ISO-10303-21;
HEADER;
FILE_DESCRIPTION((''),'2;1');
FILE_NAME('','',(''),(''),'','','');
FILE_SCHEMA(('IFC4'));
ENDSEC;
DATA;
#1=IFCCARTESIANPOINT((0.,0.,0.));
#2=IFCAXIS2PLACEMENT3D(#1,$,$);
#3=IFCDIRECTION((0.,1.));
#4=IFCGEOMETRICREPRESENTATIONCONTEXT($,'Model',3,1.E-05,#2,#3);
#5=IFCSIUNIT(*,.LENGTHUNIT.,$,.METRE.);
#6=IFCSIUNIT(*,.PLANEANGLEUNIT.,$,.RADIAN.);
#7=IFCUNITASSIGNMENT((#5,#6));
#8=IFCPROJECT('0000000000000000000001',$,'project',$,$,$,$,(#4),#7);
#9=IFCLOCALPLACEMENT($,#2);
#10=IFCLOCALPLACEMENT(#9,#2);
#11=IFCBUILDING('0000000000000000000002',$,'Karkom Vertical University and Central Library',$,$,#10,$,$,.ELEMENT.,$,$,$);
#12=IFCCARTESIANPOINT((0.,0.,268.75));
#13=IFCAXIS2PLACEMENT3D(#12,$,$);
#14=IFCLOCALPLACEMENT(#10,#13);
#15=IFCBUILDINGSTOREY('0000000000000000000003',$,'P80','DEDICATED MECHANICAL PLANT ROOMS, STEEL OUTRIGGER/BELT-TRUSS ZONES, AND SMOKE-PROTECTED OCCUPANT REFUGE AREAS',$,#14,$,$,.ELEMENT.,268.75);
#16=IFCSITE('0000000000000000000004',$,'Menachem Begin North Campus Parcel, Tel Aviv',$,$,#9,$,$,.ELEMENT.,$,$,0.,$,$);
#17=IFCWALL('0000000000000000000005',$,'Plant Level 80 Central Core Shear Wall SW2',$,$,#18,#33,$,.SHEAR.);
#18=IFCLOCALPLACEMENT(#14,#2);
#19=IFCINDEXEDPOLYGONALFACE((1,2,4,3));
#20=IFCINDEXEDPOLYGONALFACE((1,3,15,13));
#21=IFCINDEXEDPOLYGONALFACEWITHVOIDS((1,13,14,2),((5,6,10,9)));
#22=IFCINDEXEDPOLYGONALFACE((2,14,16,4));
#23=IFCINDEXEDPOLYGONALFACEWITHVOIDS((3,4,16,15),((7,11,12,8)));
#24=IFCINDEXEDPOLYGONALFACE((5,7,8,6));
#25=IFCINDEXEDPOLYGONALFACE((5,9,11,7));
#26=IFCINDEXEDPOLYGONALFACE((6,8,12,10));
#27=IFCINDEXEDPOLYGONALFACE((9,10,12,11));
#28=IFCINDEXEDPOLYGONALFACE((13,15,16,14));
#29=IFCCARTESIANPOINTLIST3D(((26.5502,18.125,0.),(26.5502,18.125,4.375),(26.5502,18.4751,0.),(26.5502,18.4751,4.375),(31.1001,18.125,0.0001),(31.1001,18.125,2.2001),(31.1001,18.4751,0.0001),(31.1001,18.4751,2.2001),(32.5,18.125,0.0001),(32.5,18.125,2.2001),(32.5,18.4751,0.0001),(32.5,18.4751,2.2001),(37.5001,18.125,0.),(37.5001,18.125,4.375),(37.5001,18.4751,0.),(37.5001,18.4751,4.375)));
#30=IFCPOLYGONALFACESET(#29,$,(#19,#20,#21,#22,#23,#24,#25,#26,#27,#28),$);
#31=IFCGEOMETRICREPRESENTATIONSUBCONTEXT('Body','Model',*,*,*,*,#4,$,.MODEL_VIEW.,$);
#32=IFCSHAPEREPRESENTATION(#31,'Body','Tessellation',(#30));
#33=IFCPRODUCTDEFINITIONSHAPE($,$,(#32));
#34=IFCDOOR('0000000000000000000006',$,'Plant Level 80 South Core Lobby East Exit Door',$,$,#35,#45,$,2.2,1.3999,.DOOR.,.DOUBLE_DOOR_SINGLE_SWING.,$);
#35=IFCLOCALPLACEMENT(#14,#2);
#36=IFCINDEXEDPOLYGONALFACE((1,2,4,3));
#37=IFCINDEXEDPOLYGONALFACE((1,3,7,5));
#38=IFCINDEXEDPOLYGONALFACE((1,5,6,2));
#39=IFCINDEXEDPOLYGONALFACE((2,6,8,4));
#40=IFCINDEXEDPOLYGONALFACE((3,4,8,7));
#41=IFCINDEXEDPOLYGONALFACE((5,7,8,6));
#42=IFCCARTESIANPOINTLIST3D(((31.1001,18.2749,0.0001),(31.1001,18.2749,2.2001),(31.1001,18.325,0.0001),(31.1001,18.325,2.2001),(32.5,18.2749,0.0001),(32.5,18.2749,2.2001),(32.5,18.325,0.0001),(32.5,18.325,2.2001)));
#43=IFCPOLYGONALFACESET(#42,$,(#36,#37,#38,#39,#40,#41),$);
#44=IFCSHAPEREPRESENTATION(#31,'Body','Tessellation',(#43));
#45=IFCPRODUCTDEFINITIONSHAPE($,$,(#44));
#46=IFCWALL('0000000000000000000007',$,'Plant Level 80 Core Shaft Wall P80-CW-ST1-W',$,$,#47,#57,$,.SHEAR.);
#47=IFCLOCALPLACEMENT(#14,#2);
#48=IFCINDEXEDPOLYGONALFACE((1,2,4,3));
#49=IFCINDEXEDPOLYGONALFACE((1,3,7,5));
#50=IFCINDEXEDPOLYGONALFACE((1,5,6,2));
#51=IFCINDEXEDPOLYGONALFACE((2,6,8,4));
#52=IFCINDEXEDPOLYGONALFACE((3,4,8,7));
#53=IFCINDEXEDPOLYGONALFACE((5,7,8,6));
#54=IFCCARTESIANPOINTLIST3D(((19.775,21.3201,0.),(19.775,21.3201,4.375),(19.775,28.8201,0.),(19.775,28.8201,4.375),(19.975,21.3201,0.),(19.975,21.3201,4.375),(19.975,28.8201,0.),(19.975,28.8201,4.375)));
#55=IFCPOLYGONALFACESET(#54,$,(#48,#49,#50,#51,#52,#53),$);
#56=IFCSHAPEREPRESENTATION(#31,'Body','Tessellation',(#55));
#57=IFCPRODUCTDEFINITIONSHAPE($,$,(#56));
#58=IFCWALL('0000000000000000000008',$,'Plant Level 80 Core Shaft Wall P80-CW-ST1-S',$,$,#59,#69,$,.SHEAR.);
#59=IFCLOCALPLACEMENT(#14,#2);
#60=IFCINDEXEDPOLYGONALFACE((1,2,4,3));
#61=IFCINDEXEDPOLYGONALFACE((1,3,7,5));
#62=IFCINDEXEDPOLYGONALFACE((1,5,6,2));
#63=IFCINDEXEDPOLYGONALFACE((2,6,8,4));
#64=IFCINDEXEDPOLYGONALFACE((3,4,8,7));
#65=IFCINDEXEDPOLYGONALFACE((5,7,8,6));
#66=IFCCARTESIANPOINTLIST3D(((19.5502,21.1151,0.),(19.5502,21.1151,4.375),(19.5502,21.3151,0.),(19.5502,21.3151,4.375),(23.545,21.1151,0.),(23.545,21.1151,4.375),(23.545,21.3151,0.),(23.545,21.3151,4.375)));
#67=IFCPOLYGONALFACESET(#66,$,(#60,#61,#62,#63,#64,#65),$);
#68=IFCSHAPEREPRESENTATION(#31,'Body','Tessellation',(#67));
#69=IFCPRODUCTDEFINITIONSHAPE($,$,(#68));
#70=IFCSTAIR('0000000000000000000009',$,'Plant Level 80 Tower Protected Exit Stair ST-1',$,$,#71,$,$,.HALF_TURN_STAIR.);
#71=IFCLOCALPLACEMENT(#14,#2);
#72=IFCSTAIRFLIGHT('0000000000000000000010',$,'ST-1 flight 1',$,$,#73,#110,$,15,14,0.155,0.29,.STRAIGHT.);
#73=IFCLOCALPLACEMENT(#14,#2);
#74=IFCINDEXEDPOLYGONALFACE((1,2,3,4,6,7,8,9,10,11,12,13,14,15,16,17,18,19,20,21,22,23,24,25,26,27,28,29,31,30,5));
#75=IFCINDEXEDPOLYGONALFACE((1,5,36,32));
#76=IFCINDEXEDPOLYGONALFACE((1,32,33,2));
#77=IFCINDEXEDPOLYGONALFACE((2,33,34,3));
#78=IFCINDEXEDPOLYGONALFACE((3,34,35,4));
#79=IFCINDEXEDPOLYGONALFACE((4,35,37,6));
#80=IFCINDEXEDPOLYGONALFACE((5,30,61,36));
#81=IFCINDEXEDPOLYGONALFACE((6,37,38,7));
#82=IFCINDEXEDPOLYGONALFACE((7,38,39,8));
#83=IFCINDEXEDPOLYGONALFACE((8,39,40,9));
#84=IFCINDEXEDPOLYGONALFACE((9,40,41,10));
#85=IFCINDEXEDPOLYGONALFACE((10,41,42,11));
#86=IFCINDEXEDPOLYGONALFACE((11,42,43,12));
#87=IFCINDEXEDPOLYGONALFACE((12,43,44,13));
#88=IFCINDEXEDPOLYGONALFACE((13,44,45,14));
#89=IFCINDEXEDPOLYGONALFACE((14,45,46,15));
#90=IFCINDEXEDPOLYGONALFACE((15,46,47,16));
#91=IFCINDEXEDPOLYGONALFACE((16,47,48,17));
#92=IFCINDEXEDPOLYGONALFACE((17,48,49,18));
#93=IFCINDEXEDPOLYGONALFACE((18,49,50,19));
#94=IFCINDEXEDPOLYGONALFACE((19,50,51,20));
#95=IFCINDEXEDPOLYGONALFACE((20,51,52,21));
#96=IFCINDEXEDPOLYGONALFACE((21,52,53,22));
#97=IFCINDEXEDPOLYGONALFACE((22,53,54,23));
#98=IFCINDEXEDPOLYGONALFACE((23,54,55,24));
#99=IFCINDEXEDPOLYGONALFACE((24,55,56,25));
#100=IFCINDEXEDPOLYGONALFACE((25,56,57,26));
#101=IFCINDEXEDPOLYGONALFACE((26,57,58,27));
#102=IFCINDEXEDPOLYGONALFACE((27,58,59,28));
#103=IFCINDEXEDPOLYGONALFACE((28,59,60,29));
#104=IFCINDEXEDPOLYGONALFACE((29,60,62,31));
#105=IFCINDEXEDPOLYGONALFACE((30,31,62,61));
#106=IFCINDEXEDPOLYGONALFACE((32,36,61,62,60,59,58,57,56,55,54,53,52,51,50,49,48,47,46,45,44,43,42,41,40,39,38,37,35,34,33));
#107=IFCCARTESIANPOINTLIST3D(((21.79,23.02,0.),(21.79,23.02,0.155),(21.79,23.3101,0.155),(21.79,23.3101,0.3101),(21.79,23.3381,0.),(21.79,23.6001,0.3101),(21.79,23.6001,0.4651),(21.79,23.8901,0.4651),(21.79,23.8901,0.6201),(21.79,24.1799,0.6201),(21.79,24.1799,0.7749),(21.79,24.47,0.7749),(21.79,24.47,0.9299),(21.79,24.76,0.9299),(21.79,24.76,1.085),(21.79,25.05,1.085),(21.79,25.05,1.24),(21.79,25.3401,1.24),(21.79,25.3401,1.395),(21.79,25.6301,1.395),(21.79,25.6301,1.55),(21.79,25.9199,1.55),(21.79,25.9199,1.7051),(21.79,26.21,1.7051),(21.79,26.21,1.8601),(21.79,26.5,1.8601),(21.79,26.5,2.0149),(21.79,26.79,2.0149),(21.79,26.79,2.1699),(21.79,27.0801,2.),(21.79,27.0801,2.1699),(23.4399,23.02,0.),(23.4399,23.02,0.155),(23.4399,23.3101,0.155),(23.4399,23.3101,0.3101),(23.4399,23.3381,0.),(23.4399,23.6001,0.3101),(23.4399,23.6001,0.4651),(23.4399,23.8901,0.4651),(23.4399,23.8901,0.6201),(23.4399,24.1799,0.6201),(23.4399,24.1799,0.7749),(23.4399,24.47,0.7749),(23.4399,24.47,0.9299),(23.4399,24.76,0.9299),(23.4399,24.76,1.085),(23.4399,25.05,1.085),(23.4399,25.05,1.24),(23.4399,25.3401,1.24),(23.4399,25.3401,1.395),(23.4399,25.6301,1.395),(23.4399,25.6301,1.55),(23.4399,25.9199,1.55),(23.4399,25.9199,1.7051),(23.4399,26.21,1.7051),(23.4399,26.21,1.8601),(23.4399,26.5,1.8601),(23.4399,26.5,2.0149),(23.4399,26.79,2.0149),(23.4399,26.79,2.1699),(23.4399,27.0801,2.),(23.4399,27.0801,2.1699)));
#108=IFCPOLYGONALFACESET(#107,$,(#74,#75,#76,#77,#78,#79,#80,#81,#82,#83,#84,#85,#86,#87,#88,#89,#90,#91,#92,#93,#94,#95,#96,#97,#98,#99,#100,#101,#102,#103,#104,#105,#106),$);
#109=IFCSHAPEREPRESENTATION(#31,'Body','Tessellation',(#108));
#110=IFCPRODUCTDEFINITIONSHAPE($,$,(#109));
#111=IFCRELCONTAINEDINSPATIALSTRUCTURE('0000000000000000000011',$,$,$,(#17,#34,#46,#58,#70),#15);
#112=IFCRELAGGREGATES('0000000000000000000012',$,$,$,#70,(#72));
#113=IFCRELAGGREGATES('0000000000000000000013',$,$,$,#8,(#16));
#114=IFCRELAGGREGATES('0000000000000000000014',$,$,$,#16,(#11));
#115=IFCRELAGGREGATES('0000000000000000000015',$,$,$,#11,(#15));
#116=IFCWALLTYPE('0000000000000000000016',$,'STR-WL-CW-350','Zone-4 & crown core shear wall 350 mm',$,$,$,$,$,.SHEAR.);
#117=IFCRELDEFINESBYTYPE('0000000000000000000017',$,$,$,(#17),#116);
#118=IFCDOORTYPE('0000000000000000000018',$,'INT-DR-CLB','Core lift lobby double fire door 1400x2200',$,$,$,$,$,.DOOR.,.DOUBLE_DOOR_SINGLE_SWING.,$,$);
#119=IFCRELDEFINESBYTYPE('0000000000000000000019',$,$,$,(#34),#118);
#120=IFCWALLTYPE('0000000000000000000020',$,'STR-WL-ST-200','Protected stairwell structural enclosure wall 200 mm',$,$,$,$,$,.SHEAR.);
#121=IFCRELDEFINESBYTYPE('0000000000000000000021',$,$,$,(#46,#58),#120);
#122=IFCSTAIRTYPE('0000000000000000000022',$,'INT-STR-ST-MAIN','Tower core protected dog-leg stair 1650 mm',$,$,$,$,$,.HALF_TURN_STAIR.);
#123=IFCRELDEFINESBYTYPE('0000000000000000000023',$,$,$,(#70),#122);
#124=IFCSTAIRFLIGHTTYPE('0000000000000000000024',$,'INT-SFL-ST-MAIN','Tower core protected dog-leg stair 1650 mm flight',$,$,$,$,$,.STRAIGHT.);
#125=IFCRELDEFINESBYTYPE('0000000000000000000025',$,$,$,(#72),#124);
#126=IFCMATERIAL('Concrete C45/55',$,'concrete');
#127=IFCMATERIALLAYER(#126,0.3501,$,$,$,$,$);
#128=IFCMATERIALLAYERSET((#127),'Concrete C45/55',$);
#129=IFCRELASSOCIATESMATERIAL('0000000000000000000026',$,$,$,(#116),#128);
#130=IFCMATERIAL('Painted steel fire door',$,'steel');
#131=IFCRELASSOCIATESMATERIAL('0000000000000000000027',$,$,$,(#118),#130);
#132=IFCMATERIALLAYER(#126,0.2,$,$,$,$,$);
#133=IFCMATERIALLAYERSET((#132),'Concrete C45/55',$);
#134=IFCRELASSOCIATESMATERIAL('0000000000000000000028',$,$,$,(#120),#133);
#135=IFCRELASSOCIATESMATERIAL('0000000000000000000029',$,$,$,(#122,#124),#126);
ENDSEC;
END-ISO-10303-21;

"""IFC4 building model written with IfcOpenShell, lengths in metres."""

from ifc_helpers import new_model, si_unit, direction, frame, frame_2d, origin, origin_with_axes, place, context, subcontext, project, spatial, polyline, rectangle, outline, extrude, source, transform, mapped, material, layer, layer_set, type_object, element, fill, aggregate, save


model = new_model("IFC4")

# Units and contexts
model_context = context("Model", 3, precision=1e-05, world=origin(), true_north=direction((0.0, 1.0)))
body_context = subcontext(model_context, "Body", "Model", "MODEL_VIEW")
ifc_project = project(units=[si_unit("LENGTHUNIT", "METRE"), si_unit("PLANEANGLEUNIT", "RADIAN")], contexts=[model_context])

# Site, building, storey
site_placement = place(None, origin())
site = spatial("IfcSite", under=ifc_project, at=site_placement, Name="Menachem Begin North Campus Parcel, Tel Aviv", CompositionType="ELEMENT", RefElevation=0.0)
building_placement = place(site_placement, origin())
building = spatial("IfcBuilding", under=site, at=building_placement, Name="Karkom Vertical University and Central Library", CompositionType="ELEMENT")
storey_placement = place(building_placement, frame((0.0, 0.0, 268.75)))
storey = spatial("IfcBuildingStorey", under=building, at=storey_placement, Name="P80", Description="DEDICATED MECHANICAL PLANT ROOMS, STEEL OUTRIGGER/BELT-TRUSS ZONES, AND SMOKE-PROTECTED OCCUPANT REFUGE AREAS", CompositionType="ELEMENT", Elevation=268.75)

# Shared definitions
ifc_material_1 = material(Name="Concrete C45/55", Category="concrete")

# Wall, opening, door
ifc_layer_1 = layer(ifc_material_1, 0.3501)
ifc_layer_set_1 = layer_set([ifc_layer_1], Name="Concrete C45/55")
wall_type_1 = type_object("IfcWallType", Name="STR-WL-CW-350", Description="Zone-4 & crown core shear wall 350 mm", PredefinedType="SHEAR", material=ifc_layer_set_1)
wall_1_placement = place(storey_placement, frame((26.55, 18.3, 0.0), z_axis=(0.0, 0.0, 1.0), x_axis=(1.0, 0.0, 0.0)))
wall_1 = element("IfcWall", 1, at=wall_1_placement, inside=storey, type_object=wall_type_1, Name="Plant Level 80 Central Core Shear Wall SW2", PredefinedType="SHEAR", context=body_context, shape_type="SweptSolid", body=[
    extrude(rectangle(XDim=10.95, YDim=0.3501, at=frame_2d((5.4751, 0.0))), origin(), (0.0, 0.0, 1.0), 4.375),
])
opening_1_placement = place(wall_1_placement, frame((4.55, 0.0, 0.0)))
opening_1 = element("IfcOpeningElement", 2, at=opening_1_placement, cuts=wall_1, PredefinedType="OPENING", context=body_context, shape_type="SweptSolid", body=[
    extrude(rectangle(XDim=1.3999, YDim=2.2, at=frame_2d((0.7, 1.1001))), frame((0.0, 0.1851, 0.0), z_axis=(0.0, -1.0, 0.0), x_axis=(1.0, 0.0, 0.0)), (0.0, 0.0, 1.0), 0.3701),
])
ifc_material_2 = material(Name="Painted steel fire door", Category="steel")
door_type_1 = type_object("IfcDoorType", Name="INT-DR-CLB", Description="Core lift lobby double fire door 1400x2200", OperationType="DOUBLE_DOOR_SINGLE_SWING", PredefinedType="DOOR", material=ifc_material_2)
shared_shape_1 = source(origin_with_axes(), body_context, "Body", "SweptSolid", [
    extrude(rectangle(XDim=1.3999, YDim=2.2, at=frame_2d((0.7, 1.1001))), frame((0.0, 0.0249, 0.0), z_axis=(0.0, -1.0, 0.0), x_axis=(1.0, 0.0, 0.0)), (0.0, 0.0, 1.0), 0.05),
])
door_1_placement = place(opening_1_placement, origin())
door_1 = element("IfcDoor", 3, at=door_1_placement, inside=storey, type_object=door_type_1, Name="Plant Level 80 South Core Lobby East Exit Door", OperationType="DOUBLE_DOOR_SINGLE_SWING", OverallHeight=2.2, OverallWidth=1.3999, PredefinedType="DOOR", context=body_context, shape_type="MappedRepresentation", body=[
    mapped(shared_shape_1, transform((0.0, 0.0, 0.0), scale=1.0)),
])
fill(opening_1, door_1)

# Shared definitions
ifc_layer_2 = layer(ifc_material_1, 0.2)
ifc_layer_set_2 = layer_set([ifc_layer_2], Name="Concrete C45/55")
wall_type_2 = type_object("IfcWallType", Name="STR-WL-ST-200", Description="Protected stairwell structural enclosure wall 200 mm", PredefinedType="SHEAR", material=ifc_layer_set_2)

# Walls
wall_2_placement = place(storey_placement, frame((19.875, 21.3201, 0.0), z_axis=(0.0, 0.0, 1.0), x_axis=(0.0, 1.0, 0.0)))
element("IfcWall", 4, at=wall_2_placement, inside=storey, type_object=wall_type_2, Name="Plant Level 80 Core Shaft Wall P80-CW-ST1-W", PredefinedType="SHEAR", context=body_context, shape_type="SweptSolid", body=[
    extrude(rectangle(XDim=7.5, YDim=0.2, at=frame_2d((3.75, 0.0))), origin(), (0.0, 0.0, 1.0), 4.375),
])
wall_3_placement = place(storey_placement, frame((19.55, 21.2151, 0.0), z_axis=(0.0, 0.0, 1.0), x_axis=(1.0, 0.0, 0.0)))
element("IfcWall", 5, at=wall_3_placement, inside=storey, type_object=wall_type_2, Name="Plant Level 80 Core Shaft Wall P80-CW-ST1-S", PredefinedType="SHEAR", context=body_context, shape_type="SweptSolid", body=[
    extrude(rectangle(XDim=3.9949, YDim=0.2, at=frame_2d((1.9976, 0.0))), origin(), (0.0, 0.0, 1.0), 4.375),
])

# Stair, stair flight
stair_type = type_object("IfcStairType", Name="INT-STR-ST-MAIN", Description="Tower core protected dog-leg stair 1650 mm", PredefinedType="HALF_TURN_STAIR", material=ifc_material_1)
stair_placement = place(storey_placement, origin())
stair = element("IfcStair", 6, at=stair_placement, inside=storey, type_object=stair_type, Name="Plant Level 80 Tower Protected Exit Stair ST-1", PredefinedType="HALF_TURN_STAIR")
stair_flight_type = type_object("IfcStairFlightType", Name="INT-SFL-ST-MAIN", Description="Tower core protected dog-leg stair 1650 mm flight", PredefinedType="STRAIGHT", material=ifc_material_1)
stair_flight_placement = place(storey_placement, frame((22.615, 23.02, 0.0), z_axis=(0.0, 0.0, 1.0), x_axis=(0.0, 1.0, 0.0)))
stair_flight = element("IfcStairFlight", 7, at=stair_flight_placement, type_object=stair_flight_type, Name="ST-1 flight 1", NumberOfRisers=15, NumberOfTreads=14, PredefinedType="STRAIGHT", RiserHeight=0.155, TreadLength=0.29, context=body_context, shape_type="SweptSolid", body=[
    extrude(outline(polyline([(0.0, 0.0), (0.0, 0.155), (0.29, 0.155), (0.29, 0.3101), (0.5801, 0.3101), (0.5801, 0.4651), (0.8701, 0.4651), (0.8701, 0.6201), (1.1599, 0.6201), (1.1599, 0.7749), (1.45, 0.7749), (1.45, 0.9299), (1.74, 0.9299), (1.74, 1.085), (2.03, 1.085), (2.03, 1.24), (2.3201, 1.24), (2.3201, 1.395), (2.6101, 1.395), (2.6101, 1.55), (2.8999, 1.55), (2.8999, 1.7051), (3.1899, 1.7051), (3.1899, 1.8601), (3.48, 1.8601), (3.48, 2.0149), (3.77, 2.0149), (3.77, 2.1699), (4.0601, 2.1699), (4.0601, 2.325), (4.0601, 2.0), (0.3181, 0.0), (0.0, 0.0)])), frame((0.0, 0.825, 0.0), z_axis=(0.0, -1.0, 0.0), x_axis=(1.0, 0.0, 0.0)), (0.0, 0.0, 1.0), 1.6499),
])
aggregate(stair, [stair_flight])

save(model, "model.ifc")
